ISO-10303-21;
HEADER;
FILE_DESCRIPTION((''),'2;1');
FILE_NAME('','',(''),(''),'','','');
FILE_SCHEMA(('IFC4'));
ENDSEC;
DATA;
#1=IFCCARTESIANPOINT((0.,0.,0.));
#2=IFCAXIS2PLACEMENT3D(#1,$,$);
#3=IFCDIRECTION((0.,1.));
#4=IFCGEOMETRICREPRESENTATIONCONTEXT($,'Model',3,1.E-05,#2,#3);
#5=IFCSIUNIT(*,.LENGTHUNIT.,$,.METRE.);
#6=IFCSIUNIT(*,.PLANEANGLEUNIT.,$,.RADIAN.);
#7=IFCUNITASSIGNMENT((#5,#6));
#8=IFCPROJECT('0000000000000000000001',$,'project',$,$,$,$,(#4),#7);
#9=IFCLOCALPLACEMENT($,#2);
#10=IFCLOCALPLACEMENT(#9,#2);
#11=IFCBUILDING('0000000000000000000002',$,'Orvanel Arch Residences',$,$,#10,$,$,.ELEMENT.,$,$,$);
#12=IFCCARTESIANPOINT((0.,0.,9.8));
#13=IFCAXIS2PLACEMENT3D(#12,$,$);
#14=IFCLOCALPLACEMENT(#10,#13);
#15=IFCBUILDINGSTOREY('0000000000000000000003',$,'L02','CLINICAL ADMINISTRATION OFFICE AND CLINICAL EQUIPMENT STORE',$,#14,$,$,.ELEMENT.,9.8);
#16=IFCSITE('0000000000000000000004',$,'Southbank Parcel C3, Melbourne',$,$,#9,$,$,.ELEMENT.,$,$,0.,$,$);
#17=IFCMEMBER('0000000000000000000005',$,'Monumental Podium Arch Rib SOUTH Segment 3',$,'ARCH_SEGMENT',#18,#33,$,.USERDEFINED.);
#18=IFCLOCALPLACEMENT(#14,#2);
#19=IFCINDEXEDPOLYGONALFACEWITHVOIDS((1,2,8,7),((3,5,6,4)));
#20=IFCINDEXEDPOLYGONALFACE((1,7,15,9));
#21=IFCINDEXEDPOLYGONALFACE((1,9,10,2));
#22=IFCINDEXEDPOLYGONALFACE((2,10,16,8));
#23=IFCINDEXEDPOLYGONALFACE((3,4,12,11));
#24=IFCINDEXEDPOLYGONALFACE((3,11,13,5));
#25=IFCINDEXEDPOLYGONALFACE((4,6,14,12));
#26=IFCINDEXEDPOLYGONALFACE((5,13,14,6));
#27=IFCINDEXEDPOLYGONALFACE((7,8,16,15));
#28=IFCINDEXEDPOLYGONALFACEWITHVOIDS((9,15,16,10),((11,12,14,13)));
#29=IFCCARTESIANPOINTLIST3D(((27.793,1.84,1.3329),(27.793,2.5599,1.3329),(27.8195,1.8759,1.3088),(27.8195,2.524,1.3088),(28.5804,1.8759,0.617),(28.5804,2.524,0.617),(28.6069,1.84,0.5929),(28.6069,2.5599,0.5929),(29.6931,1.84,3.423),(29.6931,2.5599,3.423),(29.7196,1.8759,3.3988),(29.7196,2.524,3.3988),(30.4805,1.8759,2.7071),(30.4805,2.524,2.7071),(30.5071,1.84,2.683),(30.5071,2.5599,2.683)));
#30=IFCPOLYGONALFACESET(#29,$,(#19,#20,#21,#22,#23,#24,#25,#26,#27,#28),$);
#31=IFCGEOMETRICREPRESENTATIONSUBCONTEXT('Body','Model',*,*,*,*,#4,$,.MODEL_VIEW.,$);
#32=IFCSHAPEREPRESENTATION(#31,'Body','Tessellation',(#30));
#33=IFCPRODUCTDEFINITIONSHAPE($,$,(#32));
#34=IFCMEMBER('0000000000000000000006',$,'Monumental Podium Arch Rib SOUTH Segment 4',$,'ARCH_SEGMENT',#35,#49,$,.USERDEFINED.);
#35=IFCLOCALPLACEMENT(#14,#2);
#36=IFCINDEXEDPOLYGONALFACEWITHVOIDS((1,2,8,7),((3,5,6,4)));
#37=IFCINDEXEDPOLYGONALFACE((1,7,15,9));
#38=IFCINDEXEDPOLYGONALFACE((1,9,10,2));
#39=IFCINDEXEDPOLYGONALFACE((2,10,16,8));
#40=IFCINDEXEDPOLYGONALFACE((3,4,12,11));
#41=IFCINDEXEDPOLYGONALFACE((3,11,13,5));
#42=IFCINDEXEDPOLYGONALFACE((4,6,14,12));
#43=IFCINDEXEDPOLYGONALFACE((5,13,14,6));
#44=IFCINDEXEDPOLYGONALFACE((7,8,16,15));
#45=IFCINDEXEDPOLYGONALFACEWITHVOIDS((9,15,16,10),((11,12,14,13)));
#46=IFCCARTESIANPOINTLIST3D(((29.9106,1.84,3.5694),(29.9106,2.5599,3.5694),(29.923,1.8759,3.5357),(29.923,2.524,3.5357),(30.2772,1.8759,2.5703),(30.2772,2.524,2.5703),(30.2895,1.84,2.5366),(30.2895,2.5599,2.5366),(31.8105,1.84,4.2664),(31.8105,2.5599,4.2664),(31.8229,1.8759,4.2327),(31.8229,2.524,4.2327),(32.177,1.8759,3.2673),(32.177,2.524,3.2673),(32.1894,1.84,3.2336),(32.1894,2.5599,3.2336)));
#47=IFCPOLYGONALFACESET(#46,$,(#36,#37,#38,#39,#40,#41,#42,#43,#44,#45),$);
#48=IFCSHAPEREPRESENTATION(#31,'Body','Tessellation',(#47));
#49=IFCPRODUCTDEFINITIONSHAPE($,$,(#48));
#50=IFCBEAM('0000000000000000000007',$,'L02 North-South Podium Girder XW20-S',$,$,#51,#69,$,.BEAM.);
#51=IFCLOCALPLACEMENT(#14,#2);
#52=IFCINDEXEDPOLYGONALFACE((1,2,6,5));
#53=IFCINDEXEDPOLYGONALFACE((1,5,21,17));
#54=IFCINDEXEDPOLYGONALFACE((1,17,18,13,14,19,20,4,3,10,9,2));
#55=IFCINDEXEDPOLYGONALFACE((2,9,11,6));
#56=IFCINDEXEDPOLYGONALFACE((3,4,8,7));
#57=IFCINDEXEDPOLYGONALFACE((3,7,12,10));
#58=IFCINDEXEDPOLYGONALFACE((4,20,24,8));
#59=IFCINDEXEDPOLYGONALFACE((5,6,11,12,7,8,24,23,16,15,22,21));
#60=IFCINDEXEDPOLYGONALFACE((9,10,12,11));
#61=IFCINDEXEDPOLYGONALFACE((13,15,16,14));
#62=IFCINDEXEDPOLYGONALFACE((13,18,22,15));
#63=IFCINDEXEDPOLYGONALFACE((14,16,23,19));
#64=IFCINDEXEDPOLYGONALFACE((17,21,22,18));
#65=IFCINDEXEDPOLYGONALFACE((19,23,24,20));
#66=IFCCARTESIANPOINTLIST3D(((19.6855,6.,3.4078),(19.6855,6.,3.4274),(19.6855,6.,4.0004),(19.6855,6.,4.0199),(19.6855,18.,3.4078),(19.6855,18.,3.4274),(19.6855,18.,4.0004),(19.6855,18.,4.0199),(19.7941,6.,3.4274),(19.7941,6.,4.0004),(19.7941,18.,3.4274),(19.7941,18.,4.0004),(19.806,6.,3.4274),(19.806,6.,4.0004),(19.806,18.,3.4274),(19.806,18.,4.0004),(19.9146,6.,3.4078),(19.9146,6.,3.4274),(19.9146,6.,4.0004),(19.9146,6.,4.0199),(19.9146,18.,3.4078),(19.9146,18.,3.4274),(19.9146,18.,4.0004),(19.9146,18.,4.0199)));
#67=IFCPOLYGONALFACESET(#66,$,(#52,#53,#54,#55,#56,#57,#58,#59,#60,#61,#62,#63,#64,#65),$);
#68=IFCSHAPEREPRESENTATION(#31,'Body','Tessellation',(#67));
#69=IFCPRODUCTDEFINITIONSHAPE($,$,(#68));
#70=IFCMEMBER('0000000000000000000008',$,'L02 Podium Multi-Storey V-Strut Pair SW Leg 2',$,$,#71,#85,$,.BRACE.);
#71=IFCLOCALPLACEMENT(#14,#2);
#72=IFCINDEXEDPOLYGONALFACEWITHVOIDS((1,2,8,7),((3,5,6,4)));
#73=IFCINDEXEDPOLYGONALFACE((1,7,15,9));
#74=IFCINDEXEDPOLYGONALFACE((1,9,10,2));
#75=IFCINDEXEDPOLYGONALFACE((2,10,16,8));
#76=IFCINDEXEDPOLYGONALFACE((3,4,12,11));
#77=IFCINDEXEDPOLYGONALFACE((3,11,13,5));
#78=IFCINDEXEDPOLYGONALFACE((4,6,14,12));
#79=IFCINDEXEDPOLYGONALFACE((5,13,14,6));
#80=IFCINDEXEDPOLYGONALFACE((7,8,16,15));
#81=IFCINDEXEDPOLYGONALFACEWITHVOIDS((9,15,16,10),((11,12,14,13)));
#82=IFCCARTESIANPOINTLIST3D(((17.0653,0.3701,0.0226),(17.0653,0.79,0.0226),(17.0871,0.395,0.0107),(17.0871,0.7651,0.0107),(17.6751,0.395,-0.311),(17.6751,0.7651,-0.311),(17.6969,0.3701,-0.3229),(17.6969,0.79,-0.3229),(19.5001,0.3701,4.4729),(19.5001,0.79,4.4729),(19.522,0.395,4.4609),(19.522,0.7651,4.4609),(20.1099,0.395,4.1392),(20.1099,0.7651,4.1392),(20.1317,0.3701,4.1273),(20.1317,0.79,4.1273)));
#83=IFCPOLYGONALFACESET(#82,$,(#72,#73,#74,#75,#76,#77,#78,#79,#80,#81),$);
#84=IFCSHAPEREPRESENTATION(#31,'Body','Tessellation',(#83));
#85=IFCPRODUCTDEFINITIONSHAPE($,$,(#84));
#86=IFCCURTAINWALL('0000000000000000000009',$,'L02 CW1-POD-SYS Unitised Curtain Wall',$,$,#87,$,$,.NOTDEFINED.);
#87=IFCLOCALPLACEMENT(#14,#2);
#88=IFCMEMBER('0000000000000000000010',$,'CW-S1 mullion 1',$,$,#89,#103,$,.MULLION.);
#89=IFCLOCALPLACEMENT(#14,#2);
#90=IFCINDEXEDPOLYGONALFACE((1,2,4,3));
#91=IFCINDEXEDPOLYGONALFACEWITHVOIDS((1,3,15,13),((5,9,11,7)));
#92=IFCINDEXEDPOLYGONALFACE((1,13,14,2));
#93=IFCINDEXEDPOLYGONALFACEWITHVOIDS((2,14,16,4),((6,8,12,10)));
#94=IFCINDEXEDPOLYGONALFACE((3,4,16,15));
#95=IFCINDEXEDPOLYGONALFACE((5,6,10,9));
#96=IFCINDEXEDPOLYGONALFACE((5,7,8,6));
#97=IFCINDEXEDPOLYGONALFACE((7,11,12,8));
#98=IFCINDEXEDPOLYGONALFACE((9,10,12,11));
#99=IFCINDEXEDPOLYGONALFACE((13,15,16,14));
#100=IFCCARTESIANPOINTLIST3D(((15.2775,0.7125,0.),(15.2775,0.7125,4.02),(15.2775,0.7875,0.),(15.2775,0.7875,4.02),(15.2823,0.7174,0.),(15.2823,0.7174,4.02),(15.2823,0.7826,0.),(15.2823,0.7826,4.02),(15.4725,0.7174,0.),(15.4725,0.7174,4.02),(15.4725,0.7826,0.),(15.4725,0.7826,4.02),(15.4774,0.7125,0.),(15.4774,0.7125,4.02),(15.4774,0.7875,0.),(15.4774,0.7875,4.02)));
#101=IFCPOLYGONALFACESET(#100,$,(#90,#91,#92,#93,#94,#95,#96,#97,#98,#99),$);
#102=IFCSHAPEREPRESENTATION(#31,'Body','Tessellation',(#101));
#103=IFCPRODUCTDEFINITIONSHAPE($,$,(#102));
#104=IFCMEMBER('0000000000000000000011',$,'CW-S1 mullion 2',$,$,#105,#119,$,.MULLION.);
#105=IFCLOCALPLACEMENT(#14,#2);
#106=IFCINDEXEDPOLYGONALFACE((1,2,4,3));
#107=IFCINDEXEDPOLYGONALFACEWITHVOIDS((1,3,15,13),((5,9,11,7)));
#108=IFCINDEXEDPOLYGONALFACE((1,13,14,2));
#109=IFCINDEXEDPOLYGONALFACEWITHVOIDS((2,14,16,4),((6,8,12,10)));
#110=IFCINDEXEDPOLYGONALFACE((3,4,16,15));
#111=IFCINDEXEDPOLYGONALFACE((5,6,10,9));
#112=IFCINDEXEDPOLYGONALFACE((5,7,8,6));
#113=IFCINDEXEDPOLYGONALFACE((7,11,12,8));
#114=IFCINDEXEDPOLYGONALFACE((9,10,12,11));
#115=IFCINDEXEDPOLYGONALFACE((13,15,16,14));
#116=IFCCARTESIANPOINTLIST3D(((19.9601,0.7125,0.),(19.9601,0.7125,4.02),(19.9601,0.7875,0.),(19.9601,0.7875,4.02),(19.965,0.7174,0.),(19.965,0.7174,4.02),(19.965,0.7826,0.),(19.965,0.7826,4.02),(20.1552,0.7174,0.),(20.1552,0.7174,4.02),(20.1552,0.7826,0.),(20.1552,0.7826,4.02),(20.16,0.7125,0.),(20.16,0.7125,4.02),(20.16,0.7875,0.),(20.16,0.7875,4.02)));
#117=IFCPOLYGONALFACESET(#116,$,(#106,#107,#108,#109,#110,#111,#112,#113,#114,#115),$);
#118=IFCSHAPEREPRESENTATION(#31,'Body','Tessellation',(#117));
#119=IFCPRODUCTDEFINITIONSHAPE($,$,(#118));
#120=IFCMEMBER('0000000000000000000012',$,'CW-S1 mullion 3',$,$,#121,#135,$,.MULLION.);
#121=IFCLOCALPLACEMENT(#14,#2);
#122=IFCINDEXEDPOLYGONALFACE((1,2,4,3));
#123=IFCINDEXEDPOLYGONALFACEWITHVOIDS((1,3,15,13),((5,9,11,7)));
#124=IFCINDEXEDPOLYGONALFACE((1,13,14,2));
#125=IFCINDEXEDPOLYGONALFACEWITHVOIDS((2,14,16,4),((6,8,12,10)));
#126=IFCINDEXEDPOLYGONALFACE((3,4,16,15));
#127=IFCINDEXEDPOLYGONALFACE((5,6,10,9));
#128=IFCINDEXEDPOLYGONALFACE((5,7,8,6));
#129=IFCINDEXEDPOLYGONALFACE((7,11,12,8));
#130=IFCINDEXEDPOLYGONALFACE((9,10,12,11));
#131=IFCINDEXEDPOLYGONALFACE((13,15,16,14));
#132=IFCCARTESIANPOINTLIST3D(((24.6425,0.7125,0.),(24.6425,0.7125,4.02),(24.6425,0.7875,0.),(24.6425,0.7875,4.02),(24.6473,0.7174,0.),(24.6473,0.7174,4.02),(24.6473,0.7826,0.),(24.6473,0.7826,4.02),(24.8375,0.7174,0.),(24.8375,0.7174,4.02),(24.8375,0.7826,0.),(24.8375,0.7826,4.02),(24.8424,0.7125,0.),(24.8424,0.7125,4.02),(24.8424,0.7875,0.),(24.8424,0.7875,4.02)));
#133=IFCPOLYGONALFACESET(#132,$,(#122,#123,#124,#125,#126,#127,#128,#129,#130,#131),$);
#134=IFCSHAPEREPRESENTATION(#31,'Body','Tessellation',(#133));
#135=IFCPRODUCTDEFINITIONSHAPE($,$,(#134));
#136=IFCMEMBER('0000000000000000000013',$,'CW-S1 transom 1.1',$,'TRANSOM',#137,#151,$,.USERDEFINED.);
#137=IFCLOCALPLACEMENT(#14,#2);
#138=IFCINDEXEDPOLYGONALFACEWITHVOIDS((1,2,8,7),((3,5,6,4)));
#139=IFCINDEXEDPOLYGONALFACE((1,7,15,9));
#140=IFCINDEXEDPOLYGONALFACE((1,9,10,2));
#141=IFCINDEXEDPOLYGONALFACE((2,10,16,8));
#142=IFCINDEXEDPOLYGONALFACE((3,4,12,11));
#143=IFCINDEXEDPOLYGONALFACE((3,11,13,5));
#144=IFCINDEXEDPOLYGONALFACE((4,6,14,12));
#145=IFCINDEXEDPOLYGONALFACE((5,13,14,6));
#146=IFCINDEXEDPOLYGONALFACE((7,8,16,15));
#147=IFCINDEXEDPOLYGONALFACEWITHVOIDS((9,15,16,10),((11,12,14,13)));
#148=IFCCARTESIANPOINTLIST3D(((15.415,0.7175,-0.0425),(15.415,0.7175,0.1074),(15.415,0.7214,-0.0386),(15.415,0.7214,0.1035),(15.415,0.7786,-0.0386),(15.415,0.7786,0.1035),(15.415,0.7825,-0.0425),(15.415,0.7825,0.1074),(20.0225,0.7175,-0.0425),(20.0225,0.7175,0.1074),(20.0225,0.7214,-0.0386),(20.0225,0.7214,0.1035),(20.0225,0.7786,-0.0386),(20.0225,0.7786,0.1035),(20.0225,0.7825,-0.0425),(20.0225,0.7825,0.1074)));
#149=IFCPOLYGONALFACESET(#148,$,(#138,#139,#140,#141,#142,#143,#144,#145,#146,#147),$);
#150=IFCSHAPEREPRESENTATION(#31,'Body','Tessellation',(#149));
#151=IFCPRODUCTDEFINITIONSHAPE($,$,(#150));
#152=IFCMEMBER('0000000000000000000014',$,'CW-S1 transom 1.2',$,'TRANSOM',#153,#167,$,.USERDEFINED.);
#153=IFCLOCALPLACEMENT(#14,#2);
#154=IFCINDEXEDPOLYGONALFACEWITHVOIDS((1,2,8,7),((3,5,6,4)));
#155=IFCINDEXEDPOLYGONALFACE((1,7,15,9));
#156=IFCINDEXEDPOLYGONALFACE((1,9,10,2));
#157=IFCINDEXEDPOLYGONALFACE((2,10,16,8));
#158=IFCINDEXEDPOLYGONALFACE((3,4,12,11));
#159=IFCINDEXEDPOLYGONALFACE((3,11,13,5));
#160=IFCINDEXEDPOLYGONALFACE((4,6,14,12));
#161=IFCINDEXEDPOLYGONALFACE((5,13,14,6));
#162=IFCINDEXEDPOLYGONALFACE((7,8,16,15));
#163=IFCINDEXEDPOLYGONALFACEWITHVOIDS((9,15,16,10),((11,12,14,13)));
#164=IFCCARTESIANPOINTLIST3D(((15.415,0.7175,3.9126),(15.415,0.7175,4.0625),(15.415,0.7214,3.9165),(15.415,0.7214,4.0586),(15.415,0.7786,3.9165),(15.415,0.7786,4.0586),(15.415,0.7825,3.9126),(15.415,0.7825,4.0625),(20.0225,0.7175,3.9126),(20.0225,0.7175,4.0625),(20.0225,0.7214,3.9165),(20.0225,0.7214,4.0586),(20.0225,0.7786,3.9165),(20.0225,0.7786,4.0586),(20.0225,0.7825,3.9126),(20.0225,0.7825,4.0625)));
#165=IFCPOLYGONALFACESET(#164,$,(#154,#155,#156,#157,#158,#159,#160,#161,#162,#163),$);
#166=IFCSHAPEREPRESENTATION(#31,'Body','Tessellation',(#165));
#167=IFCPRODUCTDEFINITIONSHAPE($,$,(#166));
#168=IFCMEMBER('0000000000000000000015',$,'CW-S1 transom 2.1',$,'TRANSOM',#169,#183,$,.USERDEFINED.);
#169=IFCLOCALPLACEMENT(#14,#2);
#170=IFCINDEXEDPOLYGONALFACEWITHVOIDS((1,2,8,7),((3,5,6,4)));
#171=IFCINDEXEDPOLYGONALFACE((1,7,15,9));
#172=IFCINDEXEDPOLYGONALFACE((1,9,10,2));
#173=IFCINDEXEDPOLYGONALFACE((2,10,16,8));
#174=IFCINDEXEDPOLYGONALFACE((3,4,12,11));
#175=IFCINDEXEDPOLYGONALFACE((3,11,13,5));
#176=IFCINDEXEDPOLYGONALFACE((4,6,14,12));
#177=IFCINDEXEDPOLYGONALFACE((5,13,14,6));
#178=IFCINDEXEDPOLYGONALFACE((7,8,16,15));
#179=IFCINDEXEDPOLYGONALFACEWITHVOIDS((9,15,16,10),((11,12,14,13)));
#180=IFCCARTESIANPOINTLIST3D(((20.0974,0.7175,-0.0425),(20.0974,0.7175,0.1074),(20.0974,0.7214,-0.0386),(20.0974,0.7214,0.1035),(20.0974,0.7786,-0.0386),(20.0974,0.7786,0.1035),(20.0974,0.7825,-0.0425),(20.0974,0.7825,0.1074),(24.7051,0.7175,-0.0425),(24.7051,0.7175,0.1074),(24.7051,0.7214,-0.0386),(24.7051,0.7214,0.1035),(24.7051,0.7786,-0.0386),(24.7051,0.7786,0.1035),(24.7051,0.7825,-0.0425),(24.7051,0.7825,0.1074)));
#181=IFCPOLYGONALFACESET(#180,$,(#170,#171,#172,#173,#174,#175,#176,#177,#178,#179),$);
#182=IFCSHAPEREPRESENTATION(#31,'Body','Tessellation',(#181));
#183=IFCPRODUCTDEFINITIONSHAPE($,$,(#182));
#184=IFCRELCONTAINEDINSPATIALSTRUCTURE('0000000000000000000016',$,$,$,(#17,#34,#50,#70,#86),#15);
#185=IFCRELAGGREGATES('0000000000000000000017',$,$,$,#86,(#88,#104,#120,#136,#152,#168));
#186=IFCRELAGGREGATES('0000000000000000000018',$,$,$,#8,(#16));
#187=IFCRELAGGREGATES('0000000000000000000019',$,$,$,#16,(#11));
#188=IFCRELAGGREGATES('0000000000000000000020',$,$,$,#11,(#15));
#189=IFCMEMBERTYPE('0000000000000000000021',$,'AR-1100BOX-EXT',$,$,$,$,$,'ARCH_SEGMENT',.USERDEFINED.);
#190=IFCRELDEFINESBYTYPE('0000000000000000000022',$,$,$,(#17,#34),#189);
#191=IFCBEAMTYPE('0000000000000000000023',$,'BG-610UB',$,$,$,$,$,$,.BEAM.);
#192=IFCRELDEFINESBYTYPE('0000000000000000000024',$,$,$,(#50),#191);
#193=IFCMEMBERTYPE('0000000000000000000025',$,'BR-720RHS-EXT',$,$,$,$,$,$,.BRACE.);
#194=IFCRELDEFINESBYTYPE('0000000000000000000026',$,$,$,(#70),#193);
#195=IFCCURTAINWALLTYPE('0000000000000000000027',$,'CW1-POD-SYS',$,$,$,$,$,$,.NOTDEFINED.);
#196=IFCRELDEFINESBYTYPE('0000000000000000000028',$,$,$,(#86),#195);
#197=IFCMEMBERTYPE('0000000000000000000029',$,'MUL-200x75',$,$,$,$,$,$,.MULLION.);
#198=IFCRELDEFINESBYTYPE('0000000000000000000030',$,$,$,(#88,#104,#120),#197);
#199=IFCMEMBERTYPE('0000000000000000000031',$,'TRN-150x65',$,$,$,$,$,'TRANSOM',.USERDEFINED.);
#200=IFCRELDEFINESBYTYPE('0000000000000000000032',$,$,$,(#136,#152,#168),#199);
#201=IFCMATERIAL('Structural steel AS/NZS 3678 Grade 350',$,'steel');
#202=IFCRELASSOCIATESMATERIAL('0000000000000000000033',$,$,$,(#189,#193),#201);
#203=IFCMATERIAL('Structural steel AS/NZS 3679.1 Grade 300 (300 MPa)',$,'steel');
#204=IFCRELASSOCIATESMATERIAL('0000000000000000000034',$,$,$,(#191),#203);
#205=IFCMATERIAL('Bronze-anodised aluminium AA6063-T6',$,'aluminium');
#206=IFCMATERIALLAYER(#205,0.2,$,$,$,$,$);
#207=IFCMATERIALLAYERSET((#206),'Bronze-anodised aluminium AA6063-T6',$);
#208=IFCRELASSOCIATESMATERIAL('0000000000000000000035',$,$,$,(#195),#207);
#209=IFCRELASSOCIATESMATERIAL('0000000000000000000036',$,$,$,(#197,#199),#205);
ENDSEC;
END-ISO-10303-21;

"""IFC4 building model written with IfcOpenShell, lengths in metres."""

from ifc_helpers import new_model, si_unit, direction, frame, origin, origin_2d, place, context, subcontext, project, spatial, hollow_rectangle, i_section, extrude, material, layer, layer_set, material_profile, profile_set, type_object, element, aggregate, save


model = new_model("IFC4")

# Units and contexts
model_context = context("Model", 3, precision=1e-05, world=origin(), true_north=direction((0.0, 1.0)))
body_context = subcontext(model_context, "Body", "Model", "MODEL_VIEW")
ifc_project = project(units=[si_unit("LENGTHUNIT", "METRE"), si_unit("PLANEANGLEUNIT", "RADIAN")], contexts=[model_context])

# Site, building, storey
site_placement = place(None, origin())
site = spatial("IfcSite", under=ifc_project, at=site_placement, Name="Southbank Parcel C3, Melbourne", CompositionType="ELEMENT", RefElevation=0.0)
building_placement = place(site_placement, origin())
building = spatial("IfcBuilding", under=site, at=building_placement, Name="Orvanel Arch Residences", CompositionType="ELEMENT")
storey_placement = place(building_placement, frame((0.0, 0.0, 9.8)))
storey = spatial("IfcBuildingStorey", under=building, at=storey_placement, Name="L02", Description="CLINICAL ADMINISTRATION OFFICE AND CLINICAL EQUIPMENT STORE", CompositionType="ELEMENT", Elevation=9.8)

# Shared definitions
ifc_material_1 = material(Name="Structural steel AS/NZS 3679.1 Grade 300 (300 MPa)", Category="steel")
ifc_material_2 = material(Name="Structural steel AS/NZS 3678 Grade 350", Category="steel")

# Members
ifc_material_profile_1 = material_profile(ifc_material_2, hollow_rectangle(XDim=0.72, YDim=1.1001, WallThickness=0.0359, at=origin_2d()), Name="BOX1100x720x36")
ifc_profile_set_1 = profile_set([ifc_material_profile_1], Name="Structural steel AS/NZS 3678 Grade 350")
member_type_1 = type_object("IfcMemberType", Name="AR-1100BOX-EXT", ElementType="ARCH_SEGMENT", PredefinedType="USERDEFINED", material=ifc_profile_set_1)
member_1_placement = place(storey_placement, frame((28.2, 2.2, 0.9629), z_axis=(0.672686, 0.0, 0.739928), x_axis=(0.0, 1.0, 0.0)))
element("IfcMember", 1, at=member_1_placement, inside=storey, type_object=member_type_1, Name="Monumental Podium Arch Rib SOUTH Segment 3", ObjectType="ARCH_SEGMENT", PredefinedType="USERDEFINED", context=body_context, shape_type="SweptSolid", body=[
    extrude(hollow_rectangle(XDim=0.72, YDim=1.1001, WallThickness=0.0359, at=origin_2d()), origin(), (0.0, 0.0, 1.0), 2.8247),
])
member_2_placement = place(storey_placement, frame((30.1001, 2.2, 3.053), z_axis=(0.938814, 0.0, 0.344425), x_axis=(0.0, 1.0, 0.0)))
element("IfcMember", 2, at=member_2_placement, inside=storey, type_object=member_type_1, Name="Monumental Podium Arch Rib SOUTH Segment 4", ObjectType="ARCH_SEGMENT", PredefinedType="USERDEFINED", context=body_context, shape_type="SweptSolid", body=[
    extrude(hollow_rectangle(XDim=0.72, YDim=1.1001, WallThickness=0.0359, at=origin_2d()), origin(), (0.0, 0.0, 1.0), 2.0237),
])

# Beam
ifc_material_profile_2 = material_profile(ifc_material_1, i_section(OverallWidth=0.229, OverallDepth=0.6121, WebThickness=0.012, FlangeThickness=0.0195, at=origin_2d()), Name="610UB125")
ifc_profile_set_2 = profile_set([ifc_material_profile_2], Name="Structural steel AS/NZS 3679.1 Grade 300 (300 MPa)")
beam_type = type_object("IfcBeamType", Name="BG-610UB", PredefinedType="BEAM", material=ifc_profile_set_2)
beam_placement = place(storey_placement, frame((19.8, 6.0, 3.7139), z_axis=(0.0, 1.0, 0.0), x_axis=(-1.0, 0.0, 0.0)))
element("IfcBeam", 3, at=beam_placement, inside=storey, type_object=beam_type, Name="L02 North-South Podium Girder XW20-S", PredefinedType="BEAM", context=body_context, shape_type="SweptSolid", body=[
    extrude(i_section(OverallWidth=0.229, OverallDepth=0.6121, WebThickness=0.012, FlangeThickness=0.0195, at=origin_2d()), origin(), (0.0, 0.0, 1.0), 12.0),
])

# Member
ifc_material_profile_3 = material_profile(ifc_material_2, hollow_rectangle(XDim=0.4199, YDim=0.72, WallThickness=0.0249, at=origin_2d()), Name="RHS720x420x25")
ifc_profile_set_3 = profile_set([ifc_material_profile_3], Name="Structural steel AS/NZS 3678 Grade 350")
member_type_2 = type_object("IfcMemberType", Name="BR-720RHS-EXT", PredefinedType="BRACE", material=ifc_profile_set_3)
member_3_placement = place(storey_placement, frame((17.3811, 0.5801, -0.1501), z_axis=(0.479981, 0.0, 0.877279), x_axis=(0.0, 1.0, 0.0)))
element("IfcMember", 4, at=member_3_placement, inside=storey, type_object=member_type_2, Name="L02 Podium Multi-Storey V-Strut Pair SW Leg 2", PredefinedType="BRACE", context=body_context, shape_type="SweptSolid", body=[
    extrude(hollow_rectangle(XDim=0.4199, YDim=0.72, WallThickness=0.0249, at=origin_2d()), origin(), (0.0, 0.0, 1.0), 5.0728),
])

# Curtain wall, members
ifc_material_3 = material(Name="Bronze-anodised aluminium AA6063-T6", Category="aluminium")
ifc_layer_1 = layer(ifc_material_3, 0.2)
ifc_layer_set_1 = layer_set([ifc_layer_1], Name="Bronze-anodised aluminium AA6063-T6")
curtain_wall_type = type_object("IfcCurtainWallType", Name="CW1-POD-SYS", PredefinedType="NOTDEFINED", material=ifc_layer_set_1)
curtain_wall_placement = place(storey_placement, origin())
curtain_wall = element("IfcCurtainWall", 5, at=curtain_wall_placement, inside=storey, type_object=curtain_wall_type, Name="L02 CW1-POD-SYS Unitised Curtain Wall", PredefinedType="NOTDEFINED")
ifc_material_profile_4 = material_profile(ifc_material_3, hollow_rectangle(XDim=0.075, YDim=0.2, WallThickness=0.0049, at=origin_2d()), Name="ALU200x75x5")
ifc_profile_set_4 = profile_set([ifc_material_profile_4], Name="Bronze-anodised aluminium AA6063-T6")
member_type_3 = type_object("IfcMemberType", Name="MUL-200x75", PredefinedType="MULLION", material=ifc_profile_set_4)
member_4_placement = place(storey_placement, frame((15.3774, 0.75, 0.0), z_axis=(0.0, 0.0, 1.0), x_axis=(0.0, 1.0, 0.0)))
member_4 = element("IfcMember", 6, at=member_4_placement, type_object=member_type_3, Name="CW-S1 mullion 1", PredefinedType="MULLION", context=body_context, shape_type="SweptSolid", body=[
    extrude(hollow_rectangle(XDim=0.075, YDim=0.2, WallThickness=0.0049, at=origin_2d()), origin(), (0.0, 0.0, 1.0), 4.02),
])
member_5_placement = place(storey_placement, frame((20.0601, 0.75, 0.0), z_axis=(0.0, 0.0, 1.0), x_axis=(0.0, 1.0, 0.0)))
member_5 = element("IfcMember", 7, at=member_5_placement, type_object=member_type_3, Name="CW-S1 mullion 2", PredefinedType="MULLION", context=body_context, shape_type="SweptSolid", body=[
    extrude(hollow_rectangle(XDim=0.075, YDim=0.2, WallThickness=0.0049, at=origin_2d()), origin(), (0.0, 0.0, 1.0), 4.02),
])
member_6_placement = place(storey_placement, frame((24.7424, 0.75, 0.0), z_axis=(0.0, 0.0, 1.0), x_axis=(0.0, 1.0, 0.0)))
member_6 = element("IfcMember", 8, at=member_6_placement, type_object=member_type_3, Name="CW-S1 mullion 3", PredefinedType="MULLION", context=body_context, shape_type="SweptSolid", body=[
    extrude(hollow_rectangle(XDim=0.075, YDim=0.2, WallThickness=0.0049, at=origin_2d()), origin(), (0.0, 0.0, 1.0), 4.02),
])
ifc_material_profile_5 = material_profile(ifc_material_3, hollow_rectangle(XDim=0.0649, YDim=0.1499, WallThickness=0.0039, at=origin_2d()), Name="ALU150x65x4")
ifc_profile_set_5 = profile_set([ifc_material_profile_5], Name="Bronze-anodised aluminium AA6063-T6")
member_type_4 = type_object("IfcMemberType", Name="TRN-150x65", ElementType="TRANSOM", PredefinedType="USERDEFINED", material=ifc_profile_set_5)
member_7_placement = place(storey_placement, frame((15.415, 0.75, 0.0325), z_axis=(1.0, 0.0, 0.0), x_axis=(0.0, 1.0, 0.0)))
member_7 = element("IfcMember", 9, at=member_7_placement, type_object=member_type_4, Name="CW-S1 transom 1.1", ObjectType="TRANSOM", PredefinedType="USERDEFINED", context=body_context, shape_type="SweptSolid", body=[
    extrude(hollow_rectangle(XDim=0.0649, YDim=0.1499, WallThickness=0.0039, at=origin_2d()), origin(), (0.0, 0.0, 1.0), 4.6074),
])
member_8_placement = place(storey_placement, frame((15.415, 0.75, 3.9875), z_axis=(1.0, 0.0, 0.0), x_axis=(0.0, 1.0, 0.0)))
member_8 = element("IfcMember", 10, at=member_8_placement, type_object=member_type_4, Name="CW-S1 transom 1.2", ObjectType="TRANSOM", PredefinedType="USERDEFINED", context=body_context, shape_type="SweptSolid", body=[
    extrude(hollow_rectangle(XDim=0.0649, YDim=0.1499, WallThickness=0.0039, at=origin_2d()), origin(), (0.0, 0.0, 1.0), 4.6074),
])
member_9_placement = place(storey_placement, frame((20.0974, 0.75, 0.0325), z_axis=(1.0, 0.0, 0.0), x_axis=(0.0, 1.0, 0.0)))
member_9 = element("IfcMember", 11, at=member_9_placement, type_object=member_type_4, Name="CW-S1 transom 2.1", ObjectType="TRANSOM", PredefinedType="USERDEFINED", context=body_context, shape_type="SweptSolid", body=[
    extrude(hollow_rectangle(XDim=0.0649, YDim=0.1499, WallThickness=0.0039, at=origin_2d()), origin(), (0.0, 0.0, 1.0), 4.6077),
])

aggregate(curtain_wall, [member_4, member_5, member_6, member_7, member_8, member_9])

save(model, "model.ifc")
